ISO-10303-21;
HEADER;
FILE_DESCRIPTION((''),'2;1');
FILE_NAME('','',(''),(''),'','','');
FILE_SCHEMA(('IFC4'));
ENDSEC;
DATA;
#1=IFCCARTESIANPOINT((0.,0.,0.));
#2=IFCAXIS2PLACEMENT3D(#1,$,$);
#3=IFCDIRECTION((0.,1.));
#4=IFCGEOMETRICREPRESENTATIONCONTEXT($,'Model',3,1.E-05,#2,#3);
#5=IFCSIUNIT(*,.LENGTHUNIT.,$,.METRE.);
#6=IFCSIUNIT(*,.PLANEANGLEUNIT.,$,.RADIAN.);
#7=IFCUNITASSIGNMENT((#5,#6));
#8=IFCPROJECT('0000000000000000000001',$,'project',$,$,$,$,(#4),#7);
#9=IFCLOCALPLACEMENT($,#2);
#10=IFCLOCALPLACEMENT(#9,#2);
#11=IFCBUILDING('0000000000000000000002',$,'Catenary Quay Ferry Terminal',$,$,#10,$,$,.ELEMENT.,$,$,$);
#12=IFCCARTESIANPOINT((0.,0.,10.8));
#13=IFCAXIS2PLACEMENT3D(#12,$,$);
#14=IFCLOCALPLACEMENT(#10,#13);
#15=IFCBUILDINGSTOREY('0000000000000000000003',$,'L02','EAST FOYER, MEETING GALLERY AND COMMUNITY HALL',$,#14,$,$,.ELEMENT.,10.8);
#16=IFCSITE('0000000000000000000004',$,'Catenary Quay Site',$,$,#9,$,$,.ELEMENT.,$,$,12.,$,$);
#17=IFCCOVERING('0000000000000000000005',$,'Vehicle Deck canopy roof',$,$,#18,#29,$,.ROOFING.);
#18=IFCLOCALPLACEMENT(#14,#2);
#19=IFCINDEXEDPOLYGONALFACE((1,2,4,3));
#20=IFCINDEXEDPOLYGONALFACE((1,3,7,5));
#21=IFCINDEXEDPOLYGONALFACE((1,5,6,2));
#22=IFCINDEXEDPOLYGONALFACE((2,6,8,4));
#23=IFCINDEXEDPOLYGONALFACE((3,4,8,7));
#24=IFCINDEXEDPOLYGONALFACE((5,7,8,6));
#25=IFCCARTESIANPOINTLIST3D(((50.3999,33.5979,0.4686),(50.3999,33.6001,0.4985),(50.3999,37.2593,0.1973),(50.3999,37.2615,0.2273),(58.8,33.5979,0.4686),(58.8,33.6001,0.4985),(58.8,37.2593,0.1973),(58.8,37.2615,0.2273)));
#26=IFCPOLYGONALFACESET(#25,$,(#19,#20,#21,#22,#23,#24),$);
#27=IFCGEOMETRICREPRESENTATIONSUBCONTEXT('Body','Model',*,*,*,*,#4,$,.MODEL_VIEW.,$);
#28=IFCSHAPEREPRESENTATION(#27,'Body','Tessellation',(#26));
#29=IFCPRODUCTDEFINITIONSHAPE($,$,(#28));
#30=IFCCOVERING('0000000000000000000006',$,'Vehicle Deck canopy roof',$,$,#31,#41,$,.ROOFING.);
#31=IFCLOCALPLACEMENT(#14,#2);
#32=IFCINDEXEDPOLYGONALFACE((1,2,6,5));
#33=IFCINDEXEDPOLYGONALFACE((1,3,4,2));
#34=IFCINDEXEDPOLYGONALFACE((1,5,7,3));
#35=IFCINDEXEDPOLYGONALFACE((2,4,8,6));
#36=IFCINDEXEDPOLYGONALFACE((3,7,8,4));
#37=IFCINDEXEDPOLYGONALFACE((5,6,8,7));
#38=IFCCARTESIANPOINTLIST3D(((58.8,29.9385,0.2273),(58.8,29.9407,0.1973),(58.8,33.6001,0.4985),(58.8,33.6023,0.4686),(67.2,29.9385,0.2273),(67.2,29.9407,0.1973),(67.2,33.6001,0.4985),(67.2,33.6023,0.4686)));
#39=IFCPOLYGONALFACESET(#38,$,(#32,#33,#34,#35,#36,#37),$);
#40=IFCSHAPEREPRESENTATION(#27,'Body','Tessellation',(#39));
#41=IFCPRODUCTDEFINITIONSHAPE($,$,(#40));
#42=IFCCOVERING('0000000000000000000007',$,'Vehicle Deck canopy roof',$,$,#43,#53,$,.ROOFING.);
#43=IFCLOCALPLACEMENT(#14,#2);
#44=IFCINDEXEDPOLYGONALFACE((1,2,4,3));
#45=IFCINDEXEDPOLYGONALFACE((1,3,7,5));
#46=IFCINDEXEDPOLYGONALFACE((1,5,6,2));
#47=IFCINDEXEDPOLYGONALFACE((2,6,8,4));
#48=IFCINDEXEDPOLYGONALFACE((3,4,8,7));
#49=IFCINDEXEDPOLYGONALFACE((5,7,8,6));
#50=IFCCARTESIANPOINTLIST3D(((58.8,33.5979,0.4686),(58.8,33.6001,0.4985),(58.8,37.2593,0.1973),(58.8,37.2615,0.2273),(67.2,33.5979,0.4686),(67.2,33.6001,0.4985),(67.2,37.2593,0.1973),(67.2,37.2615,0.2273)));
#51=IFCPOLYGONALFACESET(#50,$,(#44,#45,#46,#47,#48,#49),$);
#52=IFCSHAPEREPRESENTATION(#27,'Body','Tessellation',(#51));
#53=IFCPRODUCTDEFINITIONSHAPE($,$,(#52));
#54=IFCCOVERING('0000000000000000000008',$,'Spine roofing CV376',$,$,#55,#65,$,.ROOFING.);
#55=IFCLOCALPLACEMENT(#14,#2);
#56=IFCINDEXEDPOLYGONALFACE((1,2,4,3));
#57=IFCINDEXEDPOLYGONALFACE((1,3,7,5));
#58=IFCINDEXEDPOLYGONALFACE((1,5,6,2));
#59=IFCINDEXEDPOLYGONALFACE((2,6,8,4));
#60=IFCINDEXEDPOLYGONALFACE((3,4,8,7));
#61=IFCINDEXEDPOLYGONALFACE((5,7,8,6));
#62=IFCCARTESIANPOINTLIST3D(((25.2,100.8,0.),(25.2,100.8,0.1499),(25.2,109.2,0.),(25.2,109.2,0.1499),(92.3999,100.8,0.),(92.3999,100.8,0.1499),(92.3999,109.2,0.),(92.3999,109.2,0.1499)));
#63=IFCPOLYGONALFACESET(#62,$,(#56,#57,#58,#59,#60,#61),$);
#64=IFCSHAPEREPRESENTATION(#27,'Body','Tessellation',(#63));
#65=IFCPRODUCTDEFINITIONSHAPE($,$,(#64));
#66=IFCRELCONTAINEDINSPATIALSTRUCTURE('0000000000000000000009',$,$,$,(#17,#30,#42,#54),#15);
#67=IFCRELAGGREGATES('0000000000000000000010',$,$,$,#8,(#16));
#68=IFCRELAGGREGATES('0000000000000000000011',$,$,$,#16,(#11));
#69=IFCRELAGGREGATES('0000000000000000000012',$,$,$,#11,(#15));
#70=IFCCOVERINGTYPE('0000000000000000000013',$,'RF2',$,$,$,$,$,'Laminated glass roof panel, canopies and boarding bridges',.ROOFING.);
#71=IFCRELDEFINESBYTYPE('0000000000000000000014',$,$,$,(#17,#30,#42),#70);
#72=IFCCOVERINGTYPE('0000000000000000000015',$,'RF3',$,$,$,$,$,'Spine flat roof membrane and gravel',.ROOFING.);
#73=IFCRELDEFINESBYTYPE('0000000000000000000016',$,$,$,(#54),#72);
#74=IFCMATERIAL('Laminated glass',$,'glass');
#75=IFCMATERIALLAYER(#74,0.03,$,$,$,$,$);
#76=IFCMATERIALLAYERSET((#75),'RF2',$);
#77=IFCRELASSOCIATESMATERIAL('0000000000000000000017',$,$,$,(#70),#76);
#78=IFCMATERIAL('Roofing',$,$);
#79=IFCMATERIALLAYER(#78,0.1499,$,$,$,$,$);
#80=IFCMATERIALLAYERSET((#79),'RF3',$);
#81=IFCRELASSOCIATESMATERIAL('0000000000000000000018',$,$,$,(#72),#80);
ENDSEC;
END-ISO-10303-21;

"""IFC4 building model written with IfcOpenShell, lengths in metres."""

from ifc_helpers import new_model, si_unit, direction, frame, origin, place, context, subcontext, project, spatial, polyline, outline, extrude, material, layer, layer_set, type_object, element, save


model = new_model("IFC4")

# Units and contexts
model_context = context("Model", 3, precision=1e-05, world=origin(), true_north=direction((0.0, 1.0)))
body_context = subcontext(model_context, "Body", "Model", "MODEL_VIEW")
ifc_project = project(units=[si_unit("LENGTHUNIT", "METRE"), si_unit("PLANEANGLEUNIT", "RADIAN")], contexts=[model_context])

# Site, building, storey
site_placement = place(None, origin())
site = spatial("IfcSite", under=ifc_project, at=site_placement, Name="Catenary Quay Site", CompositionType="ELEMENT", RefElevation=12.0)
building_placement = place(site_placement, origin())
building = spatial("IfcBuilding", under=site, at=building_placement, Name="Catenary Quay Ferry Terminal", CompositionType="ELEMENT")
storey_placement = place(building_placement, frame((0.0, 0.0, 10.8)))
storey = spatial("IfcBuildingStorey", under=building, at=storey_placement, Name="L02", Description="EAST FOYER, MEETING GALLERY AND COMMUNITY HALL", CompositionType="ELEMENT", Elevation=10.8)

# Coverings
ifc_material_1 = material(Name="Laminated glass", Category="glass")
ifc_layer_1 = layer(ifc_material_1, 0.03)
ifc_layer_set_1 = layer_set([ifc_layer_1], Name="RF2")
covering_type_1 = type_object("IfcCoveringType", Name="RF2", ElementType="Laminated glass roof panel, canopies and boarding bridges", PredefinedType="ROOFING", material=ifc_layer_set_1)
covering_1_placement = place(storey_placement, frame((50.3999, 33.6001, 0.4985), z_axis=(0.0, 0.073879, 0.997267), x_axis=(1.0, 0.0, 0.0)))
element("IfcCovering", 1, at=covering_1_placement, inside=storey, type_object=covering_type_1, Name="Vehicle Deck canopy roof", PredefinedType="ROOFING", context=body_context, shape_type="SweptSolid", body=[
    extrude(outline(polyline([(0.0, 0.0), (8.4001, 0.0), (8.4001, 3.6714), (0.0, 3.6714), (0.0, 0.0)])), origin(), (0.0, 0.0, -1.0), 0.03),
])
covering_2_placement = place(storey_placement, frame((58.8, 29.9385, 0.2273), z_axis=(0.0, -0.073874, 0.997268), x_axis=(1.0, 0.0, 0.0)))
element("IfcCovering", 2, at=covering_2_placement, inside=storey, type_object=covering_type_1, Name="Vehicle Deck canopy roof", PredefinedType="ROOFING", context=body_context, shape_type="SweptSolid", body=[
    extrude(outline(polyline([(0.0, 0.0), (8.3999, 0.0), (8.3999, 3.6717), (0.0, 3.6717), (0.0, 0.0)])), origin(), (0.0, 0.0, -1.0), 0.03),
])
covering_3_placement = place(storey_placement, frame((58.8, 33.6001, 0.4985), z_axis=(0.0, 0.073879, 0.997267), x_axis=(1.0, 0.0, 0.0)))
element("IfcCovering", 3, at=covering_3_placement, inside=storey, type_object=covering_type_1, Name="Vehicle Deck canopy roof", PredefinedType="ROOFING", context=body_context, shape_type="SweptSolid", body=[
    extrude(outline(polyline([(0.0, 0.0), (8.3999, 0.0), (8.3999, 3.6714), (0.0, 3.6714), (0.0, 0.0)])), origin(), (0.0, 0.0, -1.0), 0.03),
])
ifc_material_2 = material(Name="Roofing")
ifc_layer_2 = layer(ifc_material_2, 0.1499)
ifc_layer_set_2 = layer_set([ifc_layer_2], Name="RF3")
covering_type_2 = type_object("IfcCoveringType", Name="RF3", ElementType="Spine flat roof membrane and gravel", PredefinedType="ROOFING", material=ifc_layer_set_2)
covering_4_placement = place(storey_placement, origin())
element("IfcCovering", 4, at=covering_4_placement, inside=storey, type_object=covering_type_2, Name="Spine roofing CV376", PredefinedType="ROOFING", context=body_context, shape_type="SweptSolid", body=[
    extrude(outline(polyline([(25.2, 100.8), (92.3999, 100.8), (92.3999, 109.2), (25.2, 109.2), (25.2, 100.8)])), origin(), (0.0, 0.0, 1.0), 0.1499),
])

save(model, "model.ifc")
